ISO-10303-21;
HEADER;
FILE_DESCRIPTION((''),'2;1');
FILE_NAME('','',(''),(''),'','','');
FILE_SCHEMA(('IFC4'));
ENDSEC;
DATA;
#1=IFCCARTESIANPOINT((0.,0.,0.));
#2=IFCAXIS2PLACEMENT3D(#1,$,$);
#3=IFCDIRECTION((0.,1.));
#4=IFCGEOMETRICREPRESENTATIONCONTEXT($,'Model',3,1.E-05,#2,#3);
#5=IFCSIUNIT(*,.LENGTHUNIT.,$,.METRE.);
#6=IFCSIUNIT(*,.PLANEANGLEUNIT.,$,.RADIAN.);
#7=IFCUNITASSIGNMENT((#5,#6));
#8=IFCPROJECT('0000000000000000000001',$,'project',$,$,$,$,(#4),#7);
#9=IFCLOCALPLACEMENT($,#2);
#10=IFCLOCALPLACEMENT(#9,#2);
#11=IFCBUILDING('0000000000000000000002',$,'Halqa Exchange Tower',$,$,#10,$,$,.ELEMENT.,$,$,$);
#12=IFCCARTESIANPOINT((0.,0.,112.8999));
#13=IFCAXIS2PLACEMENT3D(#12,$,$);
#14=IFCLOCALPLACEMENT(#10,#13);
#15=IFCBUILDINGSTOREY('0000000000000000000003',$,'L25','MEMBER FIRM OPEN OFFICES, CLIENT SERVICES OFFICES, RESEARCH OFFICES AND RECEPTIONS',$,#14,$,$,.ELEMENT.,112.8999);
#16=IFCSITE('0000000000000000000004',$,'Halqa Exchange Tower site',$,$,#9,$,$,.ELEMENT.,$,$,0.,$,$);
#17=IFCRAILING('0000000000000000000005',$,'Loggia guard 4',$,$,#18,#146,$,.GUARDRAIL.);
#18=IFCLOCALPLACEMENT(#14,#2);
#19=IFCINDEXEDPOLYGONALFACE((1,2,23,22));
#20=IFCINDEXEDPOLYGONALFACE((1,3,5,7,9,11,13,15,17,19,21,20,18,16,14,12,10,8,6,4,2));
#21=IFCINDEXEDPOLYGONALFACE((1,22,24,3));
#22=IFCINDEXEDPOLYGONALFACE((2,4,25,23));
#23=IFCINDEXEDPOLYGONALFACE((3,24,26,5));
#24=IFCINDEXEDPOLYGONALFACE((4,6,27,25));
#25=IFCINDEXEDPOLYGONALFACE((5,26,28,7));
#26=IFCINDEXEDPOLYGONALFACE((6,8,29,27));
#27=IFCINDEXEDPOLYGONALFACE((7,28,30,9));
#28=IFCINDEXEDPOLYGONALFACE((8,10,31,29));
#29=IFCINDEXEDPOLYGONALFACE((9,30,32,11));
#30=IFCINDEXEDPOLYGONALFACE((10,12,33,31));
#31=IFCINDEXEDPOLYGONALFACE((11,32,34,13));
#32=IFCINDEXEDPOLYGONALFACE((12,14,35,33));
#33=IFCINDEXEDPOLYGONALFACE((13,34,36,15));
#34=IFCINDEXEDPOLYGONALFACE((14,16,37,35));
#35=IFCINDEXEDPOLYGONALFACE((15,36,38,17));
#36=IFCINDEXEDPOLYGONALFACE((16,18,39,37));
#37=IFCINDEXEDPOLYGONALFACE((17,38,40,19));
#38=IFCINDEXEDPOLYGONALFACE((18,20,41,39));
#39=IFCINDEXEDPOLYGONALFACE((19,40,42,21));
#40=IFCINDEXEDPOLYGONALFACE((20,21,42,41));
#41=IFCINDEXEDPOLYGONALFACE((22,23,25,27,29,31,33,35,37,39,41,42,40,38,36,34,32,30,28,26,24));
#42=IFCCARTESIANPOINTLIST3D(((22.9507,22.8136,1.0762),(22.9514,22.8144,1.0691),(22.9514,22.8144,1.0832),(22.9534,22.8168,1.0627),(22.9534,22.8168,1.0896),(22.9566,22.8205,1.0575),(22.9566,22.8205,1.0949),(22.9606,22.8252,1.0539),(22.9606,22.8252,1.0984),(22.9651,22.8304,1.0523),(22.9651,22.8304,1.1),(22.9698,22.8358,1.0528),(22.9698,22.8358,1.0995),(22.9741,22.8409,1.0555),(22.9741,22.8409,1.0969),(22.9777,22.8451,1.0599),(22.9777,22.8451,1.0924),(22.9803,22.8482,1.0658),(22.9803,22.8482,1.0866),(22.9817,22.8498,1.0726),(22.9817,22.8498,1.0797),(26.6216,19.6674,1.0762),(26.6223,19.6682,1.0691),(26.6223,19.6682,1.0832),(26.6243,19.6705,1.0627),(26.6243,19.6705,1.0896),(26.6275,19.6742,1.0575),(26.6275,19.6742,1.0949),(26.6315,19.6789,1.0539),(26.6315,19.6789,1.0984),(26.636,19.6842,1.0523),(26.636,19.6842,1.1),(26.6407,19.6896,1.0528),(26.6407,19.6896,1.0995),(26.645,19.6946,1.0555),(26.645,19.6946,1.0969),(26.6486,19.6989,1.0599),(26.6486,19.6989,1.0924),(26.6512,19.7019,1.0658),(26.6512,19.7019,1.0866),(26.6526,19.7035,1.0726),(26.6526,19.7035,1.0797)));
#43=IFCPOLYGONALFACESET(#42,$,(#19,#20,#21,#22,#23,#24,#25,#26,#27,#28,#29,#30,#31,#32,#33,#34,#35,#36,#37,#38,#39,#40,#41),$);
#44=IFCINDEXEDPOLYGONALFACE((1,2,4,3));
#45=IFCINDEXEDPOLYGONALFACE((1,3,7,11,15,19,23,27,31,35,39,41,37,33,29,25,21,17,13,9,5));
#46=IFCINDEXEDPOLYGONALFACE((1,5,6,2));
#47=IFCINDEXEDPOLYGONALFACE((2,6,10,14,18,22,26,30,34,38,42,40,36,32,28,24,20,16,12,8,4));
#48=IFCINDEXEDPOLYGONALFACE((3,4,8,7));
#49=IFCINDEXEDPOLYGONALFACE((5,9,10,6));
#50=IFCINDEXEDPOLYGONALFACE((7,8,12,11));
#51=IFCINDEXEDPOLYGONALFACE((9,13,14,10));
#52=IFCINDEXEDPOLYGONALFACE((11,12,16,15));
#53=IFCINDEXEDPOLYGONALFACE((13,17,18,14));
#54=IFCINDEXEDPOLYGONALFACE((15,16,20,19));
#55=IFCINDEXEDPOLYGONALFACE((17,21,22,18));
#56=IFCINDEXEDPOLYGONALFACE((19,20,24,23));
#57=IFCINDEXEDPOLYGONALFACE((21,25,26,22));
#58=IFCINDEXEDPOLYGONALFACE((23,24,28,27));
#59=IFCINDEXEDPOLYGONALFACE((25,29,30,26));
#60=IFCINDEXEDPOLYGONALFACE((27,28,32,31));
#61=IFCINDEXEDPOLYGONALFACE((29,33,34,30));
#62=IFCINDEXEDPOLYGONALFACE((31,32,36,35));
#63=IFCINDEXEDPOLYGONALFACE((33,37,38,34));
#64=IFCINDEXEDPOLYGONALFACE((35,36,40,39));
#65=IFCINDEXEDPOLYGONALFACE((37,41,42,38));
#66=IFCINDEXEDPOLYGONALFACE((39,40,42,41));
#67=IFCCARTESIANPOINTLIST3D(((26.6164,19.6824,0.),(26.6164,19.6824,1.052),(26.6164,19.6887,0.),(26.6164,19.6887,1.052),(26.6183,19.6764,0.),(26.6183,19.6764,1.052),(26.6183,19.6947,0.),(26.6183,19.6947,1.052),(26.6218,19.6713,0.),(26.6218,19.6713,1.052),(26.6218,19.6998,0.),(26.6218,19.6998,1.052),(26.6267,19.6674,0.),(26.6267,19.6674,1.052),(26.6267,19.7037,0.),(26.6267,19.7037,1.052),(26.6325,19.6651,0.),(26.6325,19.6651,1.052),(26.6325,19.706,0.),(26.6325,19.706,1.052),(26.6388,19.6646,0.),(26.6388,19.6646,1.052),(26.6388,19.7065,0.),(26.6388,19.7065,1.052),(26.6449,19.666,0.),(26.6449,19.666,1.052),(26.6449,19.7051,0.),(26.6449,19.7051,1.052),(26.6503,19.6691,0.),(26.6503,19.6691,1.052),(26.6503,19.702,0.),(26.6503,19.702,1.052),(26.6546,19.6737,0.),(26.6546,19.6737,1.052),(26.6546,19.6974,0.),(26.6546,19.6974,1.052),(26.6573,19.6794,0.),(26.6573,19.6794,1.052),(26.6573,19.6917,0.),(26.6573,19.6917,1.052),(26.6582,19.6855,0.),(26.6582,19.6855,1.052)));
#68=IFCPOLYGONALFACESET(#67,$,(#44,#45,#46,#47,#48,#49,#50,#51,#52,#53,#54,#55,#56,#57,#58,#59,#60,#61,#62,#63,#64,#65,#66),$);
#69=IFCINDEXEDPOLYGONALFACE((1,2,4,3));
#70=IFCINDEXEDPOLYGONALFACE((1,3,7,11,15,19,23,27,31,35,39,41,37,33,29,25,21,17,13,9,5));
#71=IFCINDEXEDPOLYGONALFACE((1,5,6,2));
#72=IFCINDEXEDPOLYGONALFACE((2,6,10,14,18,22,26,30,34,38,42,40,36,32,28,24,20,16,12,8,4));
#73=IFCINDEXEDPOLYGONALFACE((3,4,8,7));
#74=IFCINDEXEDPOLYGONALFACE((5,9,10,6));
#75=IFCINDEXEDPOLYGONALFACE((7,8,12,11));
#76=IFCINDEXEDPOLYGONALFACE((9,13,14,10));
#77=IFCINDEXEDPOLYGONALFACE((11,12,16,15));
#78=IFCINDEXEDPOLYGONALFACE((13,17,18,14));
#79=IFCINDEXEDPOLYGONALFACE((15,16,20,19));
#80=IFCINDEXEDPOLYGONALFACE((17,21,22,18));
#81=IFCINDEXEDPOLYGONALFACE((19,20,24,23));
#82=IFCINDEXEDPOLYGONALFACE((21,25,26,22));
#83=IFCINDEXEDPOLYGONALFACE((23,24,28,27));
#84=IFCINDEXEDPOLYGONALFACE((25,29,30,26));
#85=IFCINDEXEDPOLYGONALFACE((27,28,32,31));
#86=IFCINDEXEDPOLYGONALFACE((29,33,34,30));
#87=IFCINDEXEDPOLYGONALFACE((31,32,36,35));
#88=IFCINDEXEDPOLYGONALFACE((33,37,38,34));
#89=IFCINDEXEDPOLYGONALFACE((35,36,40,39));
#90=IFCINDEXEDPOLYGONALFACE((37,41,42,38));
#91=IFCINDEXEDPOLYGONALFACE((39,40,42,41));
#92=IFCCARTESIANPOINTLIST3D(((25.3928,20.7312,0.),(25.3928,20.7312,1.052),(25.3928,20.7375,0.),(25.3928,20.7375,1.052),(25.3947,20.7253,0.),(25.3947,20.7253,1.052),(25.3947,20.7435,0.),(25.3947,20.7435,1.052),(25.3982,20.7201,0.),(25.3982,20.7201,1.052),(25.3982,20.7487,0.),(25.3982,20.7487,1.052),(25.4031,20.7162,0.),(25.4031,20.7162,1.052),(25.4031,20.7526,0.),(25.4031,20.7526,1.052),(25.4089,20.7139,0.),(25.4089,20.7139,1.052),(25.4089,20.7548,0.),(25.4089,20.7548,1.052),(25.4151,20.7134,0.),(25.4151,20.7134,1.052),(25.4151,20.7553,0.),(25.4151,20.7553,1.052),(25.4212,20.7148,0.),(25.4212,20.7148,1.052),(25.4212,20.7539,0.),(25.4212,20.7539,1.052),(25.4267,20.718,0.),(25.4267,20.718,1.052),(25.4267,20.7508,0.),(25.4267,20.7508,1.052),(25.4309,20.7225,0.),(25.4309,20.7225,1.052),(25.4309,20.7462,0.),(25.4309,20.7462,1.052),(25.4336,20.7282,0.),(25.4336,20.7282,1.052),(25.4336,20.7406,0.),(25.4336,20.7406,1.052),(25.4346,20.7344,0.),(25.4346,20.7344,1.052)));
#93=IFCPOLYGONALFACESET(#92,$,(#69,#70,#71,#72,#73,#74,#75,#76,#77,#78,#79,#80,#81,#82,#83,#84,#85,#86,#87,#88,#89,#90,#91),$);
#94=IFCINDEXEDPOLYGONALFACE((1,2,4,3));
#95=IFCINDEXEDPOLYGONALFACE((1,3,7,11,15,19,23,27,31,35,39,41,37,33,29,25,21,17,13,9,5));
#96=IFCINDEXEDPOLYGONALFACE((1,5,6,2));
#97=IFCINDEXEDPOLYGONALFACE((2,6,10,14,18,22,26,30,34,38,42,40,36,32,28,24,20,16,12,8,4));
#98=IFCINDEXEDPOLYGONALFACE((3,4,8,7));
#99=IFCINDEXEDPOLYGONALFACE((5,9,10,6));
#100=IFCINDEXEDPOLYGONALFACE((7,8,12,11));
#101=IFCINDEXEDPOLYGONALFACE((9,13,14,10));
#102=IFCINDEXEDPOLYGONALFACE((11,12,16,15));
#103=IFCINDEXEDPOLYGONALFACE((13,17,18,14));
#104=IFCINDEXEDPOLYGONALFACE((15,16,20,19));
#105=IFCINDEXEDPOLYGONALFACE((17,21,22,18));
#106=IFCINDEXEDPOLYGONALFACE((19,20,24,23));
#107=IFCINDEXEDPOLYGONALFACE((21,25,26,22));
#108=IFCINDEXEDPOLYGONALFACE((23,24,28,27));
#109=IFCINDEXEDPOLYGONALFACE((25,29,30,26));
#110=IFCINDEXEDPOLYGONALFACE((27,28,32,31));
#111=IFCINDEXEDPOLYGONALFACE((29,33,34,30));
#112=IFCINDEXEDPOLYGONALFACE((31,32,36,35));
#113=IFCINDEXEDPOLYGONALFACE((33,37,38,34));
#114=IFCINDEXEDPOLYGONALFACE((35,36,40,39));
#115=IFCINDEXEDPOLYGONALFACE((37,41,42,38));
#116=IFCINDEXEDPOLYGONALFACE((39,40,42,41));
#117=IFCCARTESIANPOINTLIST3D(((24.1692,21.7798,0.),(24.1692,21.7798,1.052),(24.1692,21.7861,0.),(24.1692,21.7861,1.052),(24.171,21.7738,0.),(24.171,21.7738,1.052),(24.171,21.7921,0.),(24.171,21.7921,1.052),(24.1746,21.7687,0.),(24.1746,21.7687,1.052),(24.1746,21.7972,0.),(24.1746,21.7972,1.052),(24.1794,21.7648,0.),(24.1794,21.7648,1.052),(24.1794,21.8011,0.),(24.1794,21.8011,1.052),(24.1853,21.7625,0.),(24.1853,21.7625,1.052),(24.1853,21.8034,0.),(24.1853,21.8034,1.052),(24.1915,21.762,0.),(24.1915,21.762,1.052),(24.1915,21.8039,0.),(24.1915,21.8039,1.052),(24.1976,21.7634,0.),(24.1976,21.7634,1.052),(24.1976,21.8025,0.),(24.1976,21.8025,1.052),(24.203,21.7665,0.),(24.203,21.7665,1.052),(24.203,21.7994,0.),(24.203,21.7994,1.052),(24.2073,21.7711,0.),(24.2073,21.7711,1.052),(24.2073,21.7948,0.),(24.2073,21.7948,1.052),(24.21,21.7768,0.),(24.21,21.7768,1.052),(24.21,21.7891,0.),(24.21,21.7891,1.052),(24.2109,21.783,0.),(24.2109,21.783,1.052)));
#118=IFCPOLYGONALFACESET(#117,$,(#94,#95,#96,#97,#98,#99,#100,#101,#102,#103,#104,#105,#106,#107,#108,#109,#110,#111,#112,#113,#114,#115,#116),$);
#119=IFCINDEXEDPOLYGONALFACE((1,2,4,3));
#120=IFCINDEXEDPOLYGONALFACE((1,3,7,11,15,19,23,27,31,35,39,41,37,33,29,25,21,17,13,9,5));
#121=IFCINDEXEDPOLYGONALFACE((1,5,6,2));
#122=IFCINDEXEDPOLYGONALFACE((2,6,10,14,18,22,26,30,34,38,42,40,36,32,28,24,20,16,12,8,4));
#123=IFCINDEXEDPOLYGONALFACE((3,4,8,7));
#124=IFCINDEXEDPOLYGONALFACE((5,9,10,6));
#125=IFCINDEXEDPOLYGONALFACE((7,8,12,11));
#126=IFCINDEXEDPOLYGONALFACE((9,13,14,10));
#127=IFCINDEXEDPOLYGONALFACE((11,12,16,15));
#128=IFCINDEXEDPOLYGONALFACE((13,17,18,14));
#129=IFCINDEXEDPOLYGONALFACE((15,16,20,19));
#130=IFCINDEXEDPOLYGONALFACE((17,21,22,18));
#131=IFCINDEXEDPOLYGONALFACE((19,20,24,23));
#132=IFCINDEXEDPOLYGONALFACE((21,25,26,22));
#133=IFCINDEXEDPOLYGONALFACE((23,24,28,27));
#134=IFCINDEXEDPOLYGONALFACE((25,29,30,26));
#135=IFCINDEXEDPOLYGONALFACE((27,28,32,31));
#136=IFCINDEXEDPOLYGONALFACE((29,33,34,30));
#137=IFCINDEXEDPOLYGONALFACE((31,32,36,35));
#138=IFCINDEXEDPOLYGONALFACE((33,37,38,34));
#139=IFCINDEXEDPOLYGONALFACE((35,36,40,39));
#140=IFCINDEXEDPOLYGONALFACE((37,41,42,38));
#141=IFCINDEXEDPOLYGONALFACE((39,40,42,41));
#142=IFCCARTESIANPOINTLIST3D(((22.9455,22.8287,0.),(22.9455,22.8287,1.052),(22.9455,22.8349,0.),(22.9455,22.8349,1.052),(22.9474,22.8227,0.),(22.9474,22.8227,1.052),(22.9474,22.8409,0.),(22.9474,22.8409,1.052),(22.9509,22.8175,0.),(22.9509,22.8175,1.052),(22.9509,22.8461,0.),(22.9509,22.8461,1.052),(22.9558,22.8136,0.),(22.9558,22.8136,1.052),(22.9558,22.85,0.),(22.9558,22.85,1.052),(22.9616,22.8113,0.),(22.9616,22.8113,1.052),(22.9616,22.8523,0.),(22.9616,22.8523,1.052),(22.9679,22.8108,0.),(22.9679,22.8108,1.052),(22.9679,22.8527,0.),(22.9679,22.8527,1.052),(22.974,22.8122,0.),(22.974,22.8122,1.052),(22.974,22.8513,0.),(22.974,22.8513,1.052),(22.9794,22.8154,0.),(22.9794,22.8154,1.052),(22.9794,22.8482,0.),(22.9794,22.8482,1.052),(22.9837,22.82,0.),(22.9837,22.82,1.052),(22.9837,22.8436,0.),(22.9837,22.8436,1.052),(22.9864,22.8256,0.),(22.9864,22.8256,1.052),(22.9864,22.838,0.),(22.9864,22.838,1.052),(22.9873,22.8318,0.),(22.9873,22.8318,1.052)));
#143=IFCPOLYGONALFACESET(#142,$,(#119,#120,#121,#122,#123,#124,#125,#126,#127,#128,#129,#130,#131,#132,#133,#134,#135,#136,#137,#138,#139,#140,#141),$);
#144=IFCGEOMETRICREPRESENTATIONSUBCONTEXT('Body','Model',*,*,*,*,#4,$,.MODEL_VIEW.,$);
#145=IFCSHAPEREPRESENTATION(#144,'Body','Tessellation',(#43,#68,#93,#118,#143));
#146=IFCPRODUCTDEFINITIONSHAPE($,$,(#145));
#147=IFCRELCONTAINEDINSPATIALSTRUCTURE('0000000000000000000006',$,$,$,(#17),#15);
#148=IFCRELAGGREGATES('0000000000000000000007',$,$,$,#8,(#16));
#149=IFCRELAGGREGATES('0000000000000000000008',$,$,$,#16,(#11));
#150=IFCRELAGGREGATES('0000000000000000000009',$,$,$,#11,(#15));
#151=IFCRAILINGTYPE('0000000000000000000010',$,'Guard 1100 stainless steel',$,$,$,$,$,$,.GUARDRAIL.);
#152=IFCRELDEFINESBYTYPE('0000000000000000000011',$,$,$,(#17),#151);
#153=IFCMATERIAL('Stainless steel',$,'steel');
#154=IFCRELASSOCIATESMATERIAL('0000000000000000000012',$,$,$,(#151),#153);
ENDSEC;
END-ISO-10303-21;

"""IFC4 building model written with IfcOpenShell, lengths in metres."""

from ifc_helpers import new_model, si_unit, direction, frame, origin, origin_2d, place, context, subcontext, project, spatial, circle, extrude, material, type_object, element, save


model = new_model("IFC4")

# Units and contexts
model_context = context("Model", 3, precision=1e-05, world=origin(), true_north=direction((0.0, 1.0)))
body_context = subcontext(model_context, "Body", "Model", "MODEL_VIEW")
ifc_project = project(units=[si_unit("LENGTHUNIT", "METRE"), si_unit("PLANEANGLEUNIT", "RADIAN")], contexts=[model_context])

# Site, building, storey
site_placement = place(None, origin())
site = spatial("IfcSite", under=ifc_project, at=site_placement, Name="Halqa Exchange Tower site", CompositionType="ELEMENT", RefElevation=0.0)
building_placement = place(site_placement, origin())
building = spatial("IfcBuilding", under=site, at=building_placement, Name="Halqa Exchange Tower", CompositionType="ELEMENT")
storey_placement = place(building_placement, frame((0.0, 0.0, 112.8999)))
storey = spatial("IfcBuildingStorey", under=building, at=storey_placement, Name="L25", Description="MEMBER FIRM OPEN OFFICES, CLIENT SERVICES OFFICES, RESEARCH OFFICES AND RECEPTIONS", CompositionType="ELEMENT", Elevation=112.8999)

# Railing
ifc_material_1 = material(Name="Stainless steel", Category="steel")
railing_type = type_object("IfcRailingType", Name="Guard 1100 stainless steel", PredefinedType="GUARDRAIL", material=ifc_material_1)
railing_1_placement = place(storey_placement, frame((26.6372, 19.6855, 0.0)))
element("IfcRailing", 1, at=railing_1_placement, inside=storey, type_object=railing_type, Name="Loggia guard 4", PredefinedType="GUARDRAIL", context=body_context, shape_type="SweptSolid", body=[
    extrude(circle(Radius=0.0239, at=origin_2d()), frame((0.0, 0.0, 1.0762), z_axis=(-0.759282, 0.650762, 0.0), x_axis=(-0.650762, -0.759282, 0.0)), (0.0, 0.0, 1.0), 4.8347),
    extrude(circle(Radius=0.021, at=origin_2d()), origin(), (0.0, 0.0, 1.0), 1.052),
    extrude(circle(Radius=0.021, at=origin_2d()), frame((-1.2236, 1.0488, 0.0)), (0.0, 0.0, 1.0), 1.052),
    extrude(circle(Radius=0.021, at=origin_2d()), frame((-2.4473, 2.0974, 0.0)), (0.0, 0.0, 1.0), 1.052),
    extrude(circle(Radius=0.021, at=origin_2d()), frame((-3.6709, 3.1462, 0.0)), (0.0, 0.0, 1.0), 1.052),
])

save(model, "model.ifc")
